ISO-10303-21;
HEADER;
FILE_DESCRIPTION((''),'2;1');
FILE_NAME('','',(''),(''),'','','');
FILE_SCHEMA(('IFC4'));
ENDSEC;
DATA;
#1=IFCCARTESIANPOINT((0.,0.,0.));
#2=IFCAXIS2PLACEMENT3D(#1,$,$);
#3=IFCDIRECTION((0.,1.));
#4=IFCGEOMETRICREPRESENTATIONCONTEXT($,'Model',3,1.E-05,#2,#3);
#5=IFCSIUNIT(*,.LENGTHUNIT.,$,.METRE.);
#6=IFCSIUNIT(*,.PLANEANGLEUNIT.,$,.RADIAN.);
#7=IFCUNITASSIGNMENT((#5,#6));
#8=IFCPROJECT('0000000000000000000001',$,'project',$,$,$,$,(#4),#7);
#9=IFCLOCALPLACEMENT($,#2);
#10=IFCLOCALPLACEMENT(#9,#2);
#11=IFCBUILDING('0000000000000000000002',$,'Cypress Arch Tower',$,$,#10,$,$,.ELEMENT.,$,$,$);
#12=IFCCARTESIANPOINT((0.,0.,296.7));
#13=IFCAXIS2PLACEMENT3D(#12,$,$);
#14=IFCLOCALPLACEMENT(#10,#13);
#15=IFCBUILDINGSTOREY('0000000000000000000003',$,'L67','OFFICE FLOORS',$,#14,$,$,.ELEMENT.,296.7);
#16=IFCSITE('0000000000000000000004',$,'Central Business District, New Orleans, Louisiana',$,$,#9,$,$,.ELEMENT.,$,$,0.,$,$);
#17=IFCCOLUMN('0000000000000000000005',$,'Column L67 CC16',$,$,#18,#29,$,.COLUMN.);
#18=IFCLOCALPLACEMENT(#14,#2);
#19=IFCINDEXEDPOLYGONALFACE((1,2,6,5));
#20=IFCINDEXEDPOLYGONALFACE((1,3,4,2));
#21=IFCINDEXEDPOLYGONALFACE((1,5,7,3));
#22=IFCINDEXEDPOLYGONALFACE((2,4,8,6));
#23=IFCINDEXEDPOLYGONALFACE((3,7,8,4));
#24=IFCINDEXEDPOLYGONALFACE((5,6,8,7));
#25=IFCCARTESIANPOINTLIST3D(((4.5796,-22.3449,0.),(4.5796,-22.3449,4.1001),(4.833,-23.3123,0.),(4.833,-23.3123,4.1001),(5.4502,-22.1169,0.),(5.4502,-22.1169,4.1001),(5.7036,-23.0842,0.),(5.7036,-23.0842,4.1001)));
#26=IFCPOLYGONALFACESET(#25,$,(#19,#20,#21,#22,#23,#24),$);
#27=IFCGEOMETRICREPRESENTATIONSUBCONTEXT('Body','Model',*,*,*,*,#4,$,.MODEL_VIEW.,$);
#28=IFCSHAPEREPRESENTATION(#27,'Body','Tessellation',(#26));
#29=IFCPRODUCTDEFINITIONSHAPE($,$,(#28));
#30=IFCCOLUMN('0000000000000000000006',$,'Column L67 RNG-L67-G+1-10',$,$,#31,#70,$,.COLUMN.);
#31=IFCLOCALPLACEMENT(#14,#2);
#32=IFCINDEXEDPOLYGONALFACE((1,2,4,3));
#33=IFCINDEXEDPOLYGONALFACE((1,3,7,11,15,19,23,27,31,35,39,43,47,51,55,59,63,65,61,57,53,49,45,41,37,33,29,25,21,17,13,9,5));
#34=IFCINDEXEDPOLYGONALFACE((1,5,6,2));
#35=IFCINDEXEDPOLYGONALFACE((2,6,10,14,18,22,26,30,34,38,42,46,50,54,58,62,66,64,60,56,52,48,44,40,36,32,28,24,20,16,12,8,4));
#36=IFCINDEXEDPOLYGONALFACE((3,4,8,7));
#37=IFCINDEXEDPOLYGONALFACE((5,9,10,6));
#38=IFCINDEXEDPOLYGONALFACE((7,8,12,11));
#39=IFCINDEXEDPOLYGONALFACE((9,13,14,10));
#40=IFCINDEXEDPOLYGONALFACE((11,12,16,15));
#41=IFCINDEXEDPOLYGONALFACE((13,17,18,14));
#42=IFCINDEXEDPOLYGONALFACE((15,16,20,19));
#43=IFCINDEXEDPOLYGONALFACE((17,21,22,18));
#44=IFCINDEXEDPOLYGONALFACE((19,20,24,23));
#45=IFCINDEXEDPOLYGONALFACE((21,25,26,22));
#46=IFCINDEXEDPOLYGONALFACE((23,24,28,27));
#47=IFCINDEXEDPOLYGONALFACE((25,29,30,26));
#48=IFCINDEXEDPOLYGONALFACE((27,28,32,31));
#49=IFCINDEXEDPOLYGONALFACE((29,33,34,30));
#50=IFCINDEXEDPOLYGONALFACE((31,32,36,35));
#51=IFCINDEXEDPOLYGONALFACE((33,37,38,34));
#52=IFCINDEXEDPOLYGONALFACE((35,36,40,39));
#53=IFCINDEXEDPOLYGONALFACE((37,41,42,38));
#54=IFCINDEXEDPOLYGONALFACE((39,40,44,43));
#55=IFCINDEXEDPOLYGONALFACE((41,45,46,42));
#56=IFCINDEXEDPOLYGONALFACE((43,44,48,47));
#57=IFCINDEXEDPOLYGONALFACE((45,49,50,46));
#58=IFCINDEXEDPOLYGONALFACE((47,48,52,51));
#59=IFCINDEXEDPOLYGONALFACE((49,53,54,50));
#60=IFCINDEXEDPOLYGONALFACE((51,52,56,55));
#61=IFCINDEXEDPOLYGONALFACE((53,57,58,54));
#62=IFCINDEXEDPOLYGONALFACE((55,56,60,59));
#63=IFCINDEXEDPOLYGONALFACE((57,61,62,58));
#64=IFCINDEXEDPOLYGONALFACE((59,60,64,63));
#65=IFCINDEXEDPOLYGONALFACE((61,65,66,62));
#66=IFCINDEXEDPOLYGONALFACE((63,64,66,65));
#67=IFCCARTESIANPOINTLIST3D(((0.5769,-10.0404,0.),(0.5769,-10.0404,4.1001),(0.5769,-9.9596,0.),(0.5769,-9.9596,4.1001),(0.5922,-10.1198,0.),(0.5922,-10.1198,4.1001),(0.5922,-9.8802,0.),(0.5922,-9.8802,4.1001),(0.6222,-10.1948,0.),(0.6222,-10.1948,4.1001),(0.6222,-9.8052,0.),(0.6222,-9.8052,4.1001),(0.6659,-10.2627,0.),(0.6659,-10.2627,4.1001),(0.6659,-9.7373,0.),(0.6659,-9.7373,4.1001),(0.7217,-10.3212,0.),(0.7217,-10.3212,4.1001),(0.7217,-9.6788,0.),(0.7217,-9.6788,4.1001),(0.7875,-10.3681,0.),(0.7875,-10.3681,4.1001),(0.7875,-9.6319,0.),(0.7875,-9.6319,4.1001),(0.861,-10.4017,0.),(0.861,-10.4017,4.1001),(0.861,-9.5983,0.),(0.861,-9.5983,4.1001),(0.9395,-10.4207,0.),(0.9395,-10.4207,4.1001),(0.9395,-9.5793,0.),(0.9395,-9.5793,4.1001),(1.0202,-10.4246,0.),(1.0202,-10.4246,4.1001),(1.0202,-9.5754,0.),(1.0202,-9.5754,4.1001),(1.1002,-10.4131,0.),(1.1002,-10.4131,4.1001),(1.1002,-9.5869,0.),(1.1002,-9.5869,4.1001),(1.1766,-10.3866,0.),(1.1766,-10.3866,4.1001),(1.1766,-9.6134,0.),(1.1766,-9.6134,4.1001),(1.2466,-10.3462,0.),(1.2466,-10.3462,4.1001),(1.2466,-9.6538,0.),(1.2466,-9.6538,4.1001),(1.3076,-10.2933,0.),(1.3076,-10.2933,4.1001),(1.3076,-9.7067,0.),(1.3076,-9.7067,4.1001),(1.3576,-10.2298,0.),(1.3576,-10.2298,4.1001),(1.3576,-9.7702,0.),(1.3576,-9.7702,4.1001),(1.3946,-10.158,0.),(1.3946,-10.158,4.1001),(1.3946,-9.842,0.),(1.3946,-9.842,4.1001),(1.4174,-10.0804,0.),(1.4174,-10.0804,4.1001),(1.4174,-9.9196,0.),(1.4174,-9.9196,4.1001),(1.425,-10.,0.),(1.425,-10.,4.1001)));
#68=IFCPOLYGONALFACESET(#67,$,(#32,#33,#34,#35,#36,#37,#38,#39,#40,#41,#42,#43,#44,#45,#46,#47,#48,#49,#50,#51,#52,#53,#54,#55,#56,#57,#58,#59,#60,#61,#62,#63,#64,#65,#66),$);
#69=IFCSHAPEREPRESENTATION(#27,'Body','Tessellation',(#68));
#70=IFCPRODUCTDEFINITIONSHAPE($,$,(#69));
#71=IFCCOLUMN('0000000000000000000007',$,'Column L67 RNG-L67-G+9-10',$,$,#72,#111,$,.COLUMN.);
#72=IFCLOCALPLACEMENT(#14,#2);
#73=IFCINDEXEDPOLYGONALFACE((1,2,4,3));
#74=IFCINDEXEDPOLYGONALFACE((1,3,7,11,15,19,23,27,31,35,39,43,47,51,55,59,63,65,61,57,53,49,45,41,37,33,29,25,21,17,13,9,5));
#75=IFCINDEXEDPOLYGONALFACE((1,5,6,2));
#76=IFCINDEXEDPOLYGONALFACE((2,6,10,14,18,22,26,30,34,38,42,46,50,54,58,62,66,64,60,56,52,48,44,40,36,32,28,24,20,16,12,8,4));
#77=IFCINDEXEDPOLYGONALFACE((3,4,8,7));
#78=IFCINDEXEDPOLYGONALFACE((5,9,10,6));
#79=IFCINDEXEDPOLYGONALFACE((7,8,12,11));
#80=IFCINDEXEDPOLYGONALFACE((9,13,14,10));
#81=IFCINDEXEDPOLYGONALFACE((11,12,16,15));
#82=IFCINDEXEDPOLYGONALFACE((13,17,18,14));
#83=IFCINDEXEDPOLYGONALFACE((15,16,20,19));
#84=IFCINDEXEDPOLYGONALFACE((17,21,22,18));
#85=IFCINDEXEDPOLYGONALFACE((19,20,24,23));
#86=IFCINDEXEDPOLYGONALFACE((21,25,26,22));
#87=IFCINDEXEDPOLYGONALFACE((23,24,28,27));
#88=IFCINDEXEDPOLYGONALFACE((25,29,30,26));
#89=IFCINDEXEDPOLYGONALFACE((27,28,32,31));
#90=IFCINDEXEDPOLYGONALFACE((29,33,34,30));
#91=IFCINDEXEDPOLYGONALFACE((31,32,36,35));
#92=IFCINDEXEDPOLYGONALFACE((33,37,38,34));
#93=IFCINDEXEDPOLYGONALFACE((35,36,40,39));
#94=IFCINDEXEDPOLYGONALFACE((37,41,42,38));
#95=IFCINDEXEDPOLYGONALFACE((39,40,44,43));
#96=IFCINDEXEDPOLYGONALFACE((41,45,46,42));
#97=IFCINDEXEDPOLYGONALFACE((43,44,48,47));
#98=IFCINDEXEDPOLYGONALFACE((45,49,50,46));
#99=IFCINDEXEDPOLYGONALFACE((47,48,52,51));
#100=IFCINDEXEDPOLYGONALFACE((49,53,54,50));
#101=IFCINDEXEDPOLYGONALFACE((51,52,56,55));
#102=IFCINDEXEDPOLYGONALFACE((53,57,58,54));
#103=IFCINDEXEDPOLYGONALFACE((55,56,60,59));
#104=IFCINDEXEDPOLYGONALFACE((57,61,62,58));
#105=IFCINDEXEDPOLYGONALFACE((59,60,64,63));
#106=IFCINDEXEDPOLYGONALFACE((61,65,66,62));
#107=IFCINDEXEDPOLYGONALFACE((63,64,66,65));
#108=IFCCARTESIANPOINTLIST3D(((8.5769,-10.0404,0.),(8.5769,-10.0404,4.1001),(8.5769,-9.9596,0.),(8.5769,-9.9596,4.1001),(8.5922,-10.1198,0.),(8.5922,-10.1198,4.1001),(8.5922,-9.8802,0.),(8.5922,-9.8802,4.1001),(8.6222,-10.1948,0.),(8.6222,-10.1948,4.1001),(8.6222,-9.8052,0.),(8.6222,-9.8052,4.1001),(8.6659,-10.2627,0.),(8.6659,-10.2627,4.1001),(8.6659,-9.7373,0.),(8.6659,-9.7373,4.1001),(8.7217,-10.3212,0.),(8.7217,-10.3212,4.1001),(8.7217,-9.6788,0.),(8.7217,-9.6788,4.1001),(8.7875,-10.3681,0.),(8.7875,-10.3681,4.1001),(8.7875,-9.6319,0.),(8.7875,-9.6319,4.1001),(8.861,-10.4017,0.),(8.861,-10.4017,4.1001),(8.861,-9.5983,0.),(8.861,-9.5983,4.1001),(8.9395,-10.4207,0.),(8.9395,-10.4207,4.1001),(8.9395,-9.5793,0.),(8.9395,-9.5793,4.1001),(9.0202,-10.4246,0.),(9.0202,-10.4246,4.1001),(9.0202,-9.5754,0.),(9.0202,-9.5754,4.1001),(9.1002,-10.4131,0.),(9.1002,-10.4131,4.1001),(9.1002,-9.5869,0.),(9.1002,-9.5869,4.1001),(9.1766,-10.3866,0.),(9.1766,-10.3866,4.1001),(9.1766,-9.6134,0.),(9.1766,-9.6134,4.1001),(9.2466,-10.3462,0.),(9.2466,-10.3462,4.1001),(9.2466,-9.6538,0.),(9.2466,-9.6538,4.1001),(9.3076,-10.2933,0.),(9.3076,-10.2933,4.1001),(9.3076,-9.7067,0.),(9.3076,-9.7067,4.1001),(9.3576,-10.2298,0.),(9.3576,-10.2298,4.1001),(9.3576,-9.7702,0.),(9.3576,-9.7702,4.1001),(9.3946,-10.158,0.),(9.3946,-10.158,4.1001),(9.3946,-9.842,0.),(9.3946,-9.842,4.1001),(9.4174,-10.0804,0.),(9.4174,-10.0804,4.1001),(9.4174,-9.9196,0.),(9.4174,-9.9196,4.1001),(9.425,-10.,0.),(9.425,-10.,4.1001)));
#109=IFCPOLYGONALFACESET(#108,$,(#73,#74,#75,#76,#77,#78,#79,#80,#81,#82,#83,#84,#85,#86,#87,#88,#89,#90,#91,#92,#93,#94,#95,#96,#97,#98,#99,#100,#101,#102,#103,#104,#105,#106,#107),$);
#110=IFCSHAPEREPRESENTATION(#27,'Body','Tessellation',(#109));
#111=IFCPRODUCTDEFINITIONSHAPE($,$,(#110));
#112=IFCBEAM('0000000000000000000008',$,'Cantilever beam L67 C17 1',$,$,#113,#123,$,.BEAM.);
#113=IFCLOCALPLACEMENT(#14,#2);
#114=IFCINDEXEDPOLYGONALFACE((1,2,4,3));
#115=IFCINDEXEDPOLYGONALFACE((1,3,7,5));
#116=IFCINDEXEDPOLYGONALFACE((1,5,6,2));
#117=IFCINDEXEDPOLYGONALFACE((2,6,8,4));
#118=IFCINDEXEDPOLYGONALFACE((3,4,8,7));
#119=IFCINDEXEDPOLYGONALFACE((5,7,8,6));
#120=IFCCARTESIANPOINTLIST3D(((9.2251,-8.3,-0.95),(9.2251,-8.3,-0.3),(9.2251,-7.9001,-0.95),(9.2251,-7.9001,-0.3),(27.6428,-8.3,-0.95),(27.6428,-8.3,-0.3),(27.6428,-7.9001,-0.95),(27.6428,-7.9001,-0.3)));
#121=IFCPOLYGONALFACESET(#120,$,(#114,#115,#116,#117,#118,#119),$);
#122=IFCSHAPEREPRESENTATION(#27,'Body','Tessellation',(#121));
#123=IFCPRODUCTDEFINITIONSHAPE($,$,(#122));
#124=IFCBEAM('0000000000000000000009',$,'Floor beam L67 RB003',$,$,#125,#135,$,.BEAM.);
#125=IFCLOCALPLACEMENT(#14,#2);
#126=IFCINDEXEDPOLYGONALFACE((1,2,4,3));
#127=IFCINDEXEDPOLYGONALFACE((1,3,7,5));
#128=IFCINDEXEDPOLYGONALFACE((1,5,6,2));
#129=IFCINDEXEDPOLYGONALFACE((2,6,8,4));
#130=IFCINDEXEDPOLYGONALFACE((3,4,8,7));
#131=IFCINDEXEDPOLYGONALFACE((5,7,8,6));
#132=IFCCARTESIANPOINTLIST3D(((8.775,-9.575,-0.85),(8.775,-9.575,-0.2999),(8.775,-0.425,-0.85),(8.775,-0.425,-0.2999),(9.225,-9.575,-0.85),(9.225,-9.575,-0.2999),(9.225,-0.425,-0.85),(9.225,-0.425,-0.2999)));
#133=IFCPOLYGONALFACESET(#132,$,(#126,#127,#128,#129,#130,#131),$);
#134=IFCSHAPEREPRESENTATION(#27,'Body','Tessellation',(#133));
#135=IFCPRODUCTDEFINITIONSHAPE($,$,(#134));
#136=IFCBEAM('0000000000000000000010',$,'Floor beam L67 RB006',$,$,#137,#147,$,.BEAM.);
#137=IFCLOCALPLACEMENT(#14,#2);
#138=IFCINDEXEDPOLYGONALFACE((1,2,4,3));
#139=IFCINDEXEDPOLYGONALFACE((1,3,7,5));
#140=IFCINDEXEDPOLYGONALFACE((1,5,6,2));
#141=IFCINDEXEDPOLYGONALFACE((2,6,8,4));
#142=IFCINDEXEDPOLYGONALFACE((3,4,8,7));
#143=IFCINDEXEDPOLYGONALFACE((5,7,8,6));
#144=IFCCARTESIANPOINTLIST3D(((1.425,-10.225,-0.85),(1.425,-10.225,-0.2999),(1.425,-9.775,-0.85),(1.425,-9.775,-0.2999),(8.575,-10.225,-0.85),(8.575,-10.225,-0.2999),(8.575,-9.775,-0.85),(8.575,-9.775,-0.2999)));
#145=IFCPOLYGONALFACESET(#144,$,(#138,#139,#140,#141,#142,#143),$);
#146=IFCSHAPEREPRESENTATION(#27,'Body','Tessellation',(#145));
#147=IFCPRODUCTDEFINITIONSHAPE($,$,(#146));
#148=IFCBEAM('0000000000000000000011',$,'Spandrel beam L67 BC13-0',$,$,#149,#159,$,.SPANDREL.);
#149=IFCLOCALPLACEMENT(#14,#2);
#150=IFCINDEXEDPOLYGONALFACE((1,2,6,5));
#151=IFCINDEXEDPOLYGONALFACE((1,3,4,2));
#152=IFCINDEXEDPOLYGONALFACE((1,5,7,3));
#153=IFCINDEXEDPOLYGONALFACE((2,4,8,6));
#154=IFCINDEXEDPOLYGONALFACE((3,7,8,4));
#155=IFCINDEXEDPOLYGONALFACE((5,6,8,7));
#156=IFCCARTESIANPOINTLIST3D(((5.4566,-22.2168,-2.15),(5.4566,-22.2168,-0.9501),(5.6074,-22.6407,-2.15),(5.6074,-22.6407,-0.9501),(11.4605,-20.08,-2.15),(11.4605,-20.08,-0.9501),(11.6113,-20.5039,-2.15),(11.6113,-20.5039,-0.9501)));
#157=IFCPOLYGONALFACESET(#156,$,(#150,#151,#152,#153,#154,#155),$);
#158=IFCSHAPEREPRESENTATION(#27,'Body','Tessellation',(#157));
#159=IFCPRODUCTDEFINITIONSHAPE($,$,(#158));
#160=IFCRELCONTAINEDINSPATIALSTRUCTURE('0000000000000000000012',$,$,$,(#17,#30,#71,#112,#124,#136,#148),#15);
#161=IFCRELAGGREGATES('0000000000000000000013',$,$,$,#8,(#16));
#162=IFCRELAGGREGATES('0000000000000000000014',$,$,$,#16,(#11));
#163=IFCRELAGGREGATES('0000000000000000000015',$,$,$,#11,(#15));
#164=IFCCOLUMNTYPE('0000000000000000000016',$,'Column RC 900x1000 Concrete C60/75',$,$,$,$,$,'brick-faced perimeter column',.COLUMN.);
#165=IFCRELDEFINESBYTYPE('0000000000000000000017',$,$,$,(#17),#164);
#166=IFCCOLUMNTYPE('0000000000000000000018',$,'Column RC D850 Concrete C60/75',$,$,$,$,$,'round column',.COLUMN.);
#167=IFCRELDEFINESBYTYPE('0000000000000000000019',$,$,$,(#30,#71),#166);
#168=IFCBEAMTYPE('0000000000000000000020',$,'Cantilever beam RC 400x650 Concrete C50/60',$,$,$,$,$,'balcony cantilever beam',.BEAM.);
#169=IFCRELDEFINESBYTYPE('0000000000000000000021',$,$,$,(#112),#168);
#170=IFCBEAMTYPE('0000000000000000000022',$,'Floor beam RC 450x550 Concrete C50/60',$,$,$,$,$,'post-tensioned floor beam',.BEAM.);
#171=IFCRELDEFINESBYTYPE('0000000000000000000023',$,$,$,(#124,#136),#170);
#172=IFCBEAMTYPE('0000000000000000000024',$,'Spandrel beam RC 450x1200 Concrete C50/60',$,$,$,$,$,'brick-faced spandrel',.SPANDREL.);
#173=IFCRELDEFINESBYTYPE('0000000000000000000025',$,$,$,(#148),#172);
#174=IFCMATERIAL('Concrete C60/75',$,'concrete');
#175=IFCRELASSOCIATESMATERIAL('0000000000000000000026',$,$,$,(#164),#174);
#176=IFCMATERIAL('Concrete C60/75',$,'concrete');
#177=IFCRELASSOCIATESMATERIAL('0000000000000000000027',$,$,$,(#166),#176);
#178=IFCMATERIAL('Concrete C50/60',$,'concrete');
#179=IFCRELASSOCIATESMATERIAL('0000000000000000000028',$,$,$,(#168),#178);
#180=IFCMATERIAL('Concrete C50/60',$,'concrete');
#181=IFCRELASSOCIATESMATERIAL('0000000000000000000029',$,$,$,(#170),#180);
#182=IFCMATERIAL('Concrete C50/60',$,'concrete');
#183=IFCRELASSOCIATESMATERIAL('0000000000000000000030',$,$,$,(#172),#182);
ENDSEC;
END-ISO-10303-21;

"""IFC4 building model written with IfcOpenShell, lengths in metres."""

from ifc_helpers import new_model, si_unit, direction, frame, origin, origin_2d, place, context, subcontext, project, spatial, rectangle, circle, extrude, material, material_profile, profile_set, type_object, element, save


model = new_model("IFC4")

# Units and contexts
model_context = context("Model", 3, precision=1e-05, world=origin(), true_north=direction((0.0, 1.0)))
body_context = subcontext(model_context, "Body", "Model", "MODEL_VIEW")
ifc_project = project(units=[si_unit("LENGTHUNIT", "METRE"), si_unit("PLANEANGLEUNIT", "RADIAN")], contexts=[model_context])

# Site, building, storey
site_placement = place(None, origin())
site = spatial("IfcSite", under=ifc_project, at=site_placement, Name="Central Business District, New Orleans, Louisiana", CompositionType="ELEMENT", RefElevation=0.0)
building_placement = place(site_placement, origin())
building = spatial("IfcBuilding", under=site, at=building_placement, Name="Cypress Arch Tower", CompositionType="ELEMENT")
storey_placement = place(building_placement, frame((0.0, 0.0, 296.7)))
storey = spatial("IfcBuildingStorey", under=building, at=storey_placement, Name="L67", Description="OFFICE FLOORS", CompositionType="ELEMENT", Elevation=296.7)

# Columns
ifc_material_1 = material(Name="Concrete C60/75", Category="concrete")
ifc_material_profile_1 = material_profile(ifc_material_1, rectangle(XDim=0.8999, YDim=1.0, at=origin_2d()), Name="RC 900x1000")
ifc_profile_set_1 = profile_set([ifc_material_profile_1], Name="Concrete C60/75")
column_type_1 = type_object("IfcColumnType", Name="Column RC 900x1000 Concrete C60/75", ElementType="brick-faced perimeter column", PredefinedType="COLUMN", material=ifc_profile_set_1)
column_placement = place(storey_placement, frame((5.1416, -22.7146, 0.0), z_axis=(0.0, 0.0, 1.0), x_axis=(0.967356, 0.253422, 0.0)))
element("IfcColumn", 1, at=column_placement, inside=storey, type_object=column_type_1, Name="Column L67 CC16", PredefinedType="COLUMN", context=body_context, shape_type="SweptSolid", body=[
    extrude(rectangle(XDim=0.8999, YDim=1.0, at=origin_2d()), origin(), (0.0, 0.0, 1.0), 4.1001),
])
ifc_material_2 = material(Name="Concrete C60/75", Category="concrete")
ifc_material_profile_2 = material_profile(ifc_material_2, circle(Radius=0.425, at=origin_2d()), Name="RC D850")
ifc_profile_set_2 = profile_set([ifc_material_profile_2], Name="Concrete C60/75")
column_type_2 = type_object("IfcColumnType", Name="Column RC D850 Concrete C60/75", ElementType="round column", PredefinedType="COLUMN", material=ifc_profile_set_2)
for number, where, z_axis, x_axis, name in (
    (2, (1.0, -10.0, 0.0), (0.0, 0.0, 1.0), (1.0, 0.0, 0.0), "Column L67 RNG-L67-G+1-10"),
    (3, (9.0, -10.0, 0.0), (0.0, 0.0, 1.0), (1.0, 0.0, 0.0), "Column L67 RNG-L67-G+9-10"),
):
    element("IfcColumn", number, at=place(storey_placement, frame(where, z_axis=z_axis, x_axis=x_axis)), inside=storey, type_object=column_type_2, Name=name, PredefinedType="COLUMN", context=body_context, shape_type="SweptSolid", body=[
        extrude(circle(Radius=0.425, at=origin_2d()), origin(), (0.0, 0.0, 1.0), 4.1001),
    ])

# Beams
ifc_material_3 = material(Name="Concrete C50/60", Category="concrete")
ifc_material_profile_3 = material_profile(ifc_material_3, rectangle(XDim=0.3999, YDim=0.6499, at=origin_2d()), Name="RC 400x650")
ifc_profile_set_3 = profile_set([ifc_material_profile_3], Name="Concrete C50/60")
beam_type_1 = type_object("IfcBeamType", Name="Cantilever beam RC 400x650 Concrete C50/60", ElementType="balcony cantilever beam", PredefinedType="BEAM", material=ifc_profile_set_3)
beam_1_placement = place(storey_placement, frame((9.2251, -8.1001, -0.625), z_axis=(1.0, 0.0, 0.0), x_axis=(0.0, 1.0, 0.0)))
element("IfcBeam", 4, at=beam_1_placement, inside=storey, type_object=beam_type_1, Name="Cantilever beam L67 C17 1", PredefinedType="BEAM", context=body_context, shape_type="SweptSolid", body=[
    extrude(rectangle(XDim=0.3999, YDim=0.6499, at=origin_2d()), origin(), (0.0, 0.0, 1.0), 18.4177),
])
ifc_material_4 = material(Name="Concrete C50/60", Category="concrete")
ifc_material_profile_4 = material_profile(ifc_material_4, rectangle(XDim=0.45, YDim=0.55, at=origin_2d()), Name="RC 450x550")
ifc_profile_set_4 = profile_set([ifc_material_profile_4], Name="Concrete C50/60")
beam_type_2 = type_object("IfcBeamType", Name="Floor beam RC 450x550 Concrete C50/60", ElementType="post-tensioned floor beam", PredefinedType="BEAM", material=ifc_profile_set_4)
beam_2_placement = place(storey_placement, frame((9.0, -9.575, -0.575), z_axis=(0.0, 1.0, 0.0), x_axis=(-1.0, 0.0, 0.0)))
element("IfcBeam", 5, at=beam_2_placement, inside=storey, type_object=beam_type_2, Name="Floor beam L67 RB003", PredefinedType="BEAM", context=body_context, shape_type="SweptSolid", body=[
    extrude(rectangle(XDim=0.45, YDim=0.55, at=origin_2d()), origin(), (0.0, 0.0, 1.0), 9.1499),
])
beam_3_placement = place(storey_placement, frame((1.425, -10.0, -0.575), z_axis=(1.0, 0.0, 0.0), x_axis=(0.0, 1.0, 0.0)))
element("IfcBeam", 6, at=beam_3_placement, inside=storey, type_object=beam_type_2, Name="Floor beam L67 RB006", PredefinedType="BEAM", context=body_context, shape_type="SweptSolid", body=[
    extrude(rectangle(XDim=0.45, YDim=0.55, at=origin_2d()), origin(), (0.0, 0.0, 1.0), 7.1499),
])
ifc_material_5 = material(Name="Concrete C50/60", Category="concrete")
ifc_material_profile_5 = material_profile(ifc_material_5, rectangle(XDim=0.45, YDim=1.2, at=origin_2d()), Name="RC 450x1200")
ifc_profile_set_5 = profile_set([ifc_material_profile_5], Name="Concrete C50/60")
beam_type_3 = type_object("IfcBeamType", Name="Spandrel beam RC 450x1200 Concrete C50/60", ElementType="brick-faced spandrel", PredefinedType="SPANDREL", material=ifc_profile_set_5)
beam_4_placement = place(storey_placement, frame((5.532, -22.4287, -1.55), z_axis=(0.942116, 0.335288, 0.0), x_axis=(-0.335288, 0.942116, 0.0)))
element("IfcBeam", 7, at=beam_4_placement, inside=storey, type_object=beam_type_3, Name="Spandrel beam L67 BC13-0", PredefinedType="SPANDREL", context=body_context, shape_type="SweptSolid", body=[
    extrude(rectangle(XDim=0.45, YDim=1.2, at=origin_2d()), origin(), (0.0, 0.0, 1.0), 6.3728),
])

save(model, "model.ifc")
